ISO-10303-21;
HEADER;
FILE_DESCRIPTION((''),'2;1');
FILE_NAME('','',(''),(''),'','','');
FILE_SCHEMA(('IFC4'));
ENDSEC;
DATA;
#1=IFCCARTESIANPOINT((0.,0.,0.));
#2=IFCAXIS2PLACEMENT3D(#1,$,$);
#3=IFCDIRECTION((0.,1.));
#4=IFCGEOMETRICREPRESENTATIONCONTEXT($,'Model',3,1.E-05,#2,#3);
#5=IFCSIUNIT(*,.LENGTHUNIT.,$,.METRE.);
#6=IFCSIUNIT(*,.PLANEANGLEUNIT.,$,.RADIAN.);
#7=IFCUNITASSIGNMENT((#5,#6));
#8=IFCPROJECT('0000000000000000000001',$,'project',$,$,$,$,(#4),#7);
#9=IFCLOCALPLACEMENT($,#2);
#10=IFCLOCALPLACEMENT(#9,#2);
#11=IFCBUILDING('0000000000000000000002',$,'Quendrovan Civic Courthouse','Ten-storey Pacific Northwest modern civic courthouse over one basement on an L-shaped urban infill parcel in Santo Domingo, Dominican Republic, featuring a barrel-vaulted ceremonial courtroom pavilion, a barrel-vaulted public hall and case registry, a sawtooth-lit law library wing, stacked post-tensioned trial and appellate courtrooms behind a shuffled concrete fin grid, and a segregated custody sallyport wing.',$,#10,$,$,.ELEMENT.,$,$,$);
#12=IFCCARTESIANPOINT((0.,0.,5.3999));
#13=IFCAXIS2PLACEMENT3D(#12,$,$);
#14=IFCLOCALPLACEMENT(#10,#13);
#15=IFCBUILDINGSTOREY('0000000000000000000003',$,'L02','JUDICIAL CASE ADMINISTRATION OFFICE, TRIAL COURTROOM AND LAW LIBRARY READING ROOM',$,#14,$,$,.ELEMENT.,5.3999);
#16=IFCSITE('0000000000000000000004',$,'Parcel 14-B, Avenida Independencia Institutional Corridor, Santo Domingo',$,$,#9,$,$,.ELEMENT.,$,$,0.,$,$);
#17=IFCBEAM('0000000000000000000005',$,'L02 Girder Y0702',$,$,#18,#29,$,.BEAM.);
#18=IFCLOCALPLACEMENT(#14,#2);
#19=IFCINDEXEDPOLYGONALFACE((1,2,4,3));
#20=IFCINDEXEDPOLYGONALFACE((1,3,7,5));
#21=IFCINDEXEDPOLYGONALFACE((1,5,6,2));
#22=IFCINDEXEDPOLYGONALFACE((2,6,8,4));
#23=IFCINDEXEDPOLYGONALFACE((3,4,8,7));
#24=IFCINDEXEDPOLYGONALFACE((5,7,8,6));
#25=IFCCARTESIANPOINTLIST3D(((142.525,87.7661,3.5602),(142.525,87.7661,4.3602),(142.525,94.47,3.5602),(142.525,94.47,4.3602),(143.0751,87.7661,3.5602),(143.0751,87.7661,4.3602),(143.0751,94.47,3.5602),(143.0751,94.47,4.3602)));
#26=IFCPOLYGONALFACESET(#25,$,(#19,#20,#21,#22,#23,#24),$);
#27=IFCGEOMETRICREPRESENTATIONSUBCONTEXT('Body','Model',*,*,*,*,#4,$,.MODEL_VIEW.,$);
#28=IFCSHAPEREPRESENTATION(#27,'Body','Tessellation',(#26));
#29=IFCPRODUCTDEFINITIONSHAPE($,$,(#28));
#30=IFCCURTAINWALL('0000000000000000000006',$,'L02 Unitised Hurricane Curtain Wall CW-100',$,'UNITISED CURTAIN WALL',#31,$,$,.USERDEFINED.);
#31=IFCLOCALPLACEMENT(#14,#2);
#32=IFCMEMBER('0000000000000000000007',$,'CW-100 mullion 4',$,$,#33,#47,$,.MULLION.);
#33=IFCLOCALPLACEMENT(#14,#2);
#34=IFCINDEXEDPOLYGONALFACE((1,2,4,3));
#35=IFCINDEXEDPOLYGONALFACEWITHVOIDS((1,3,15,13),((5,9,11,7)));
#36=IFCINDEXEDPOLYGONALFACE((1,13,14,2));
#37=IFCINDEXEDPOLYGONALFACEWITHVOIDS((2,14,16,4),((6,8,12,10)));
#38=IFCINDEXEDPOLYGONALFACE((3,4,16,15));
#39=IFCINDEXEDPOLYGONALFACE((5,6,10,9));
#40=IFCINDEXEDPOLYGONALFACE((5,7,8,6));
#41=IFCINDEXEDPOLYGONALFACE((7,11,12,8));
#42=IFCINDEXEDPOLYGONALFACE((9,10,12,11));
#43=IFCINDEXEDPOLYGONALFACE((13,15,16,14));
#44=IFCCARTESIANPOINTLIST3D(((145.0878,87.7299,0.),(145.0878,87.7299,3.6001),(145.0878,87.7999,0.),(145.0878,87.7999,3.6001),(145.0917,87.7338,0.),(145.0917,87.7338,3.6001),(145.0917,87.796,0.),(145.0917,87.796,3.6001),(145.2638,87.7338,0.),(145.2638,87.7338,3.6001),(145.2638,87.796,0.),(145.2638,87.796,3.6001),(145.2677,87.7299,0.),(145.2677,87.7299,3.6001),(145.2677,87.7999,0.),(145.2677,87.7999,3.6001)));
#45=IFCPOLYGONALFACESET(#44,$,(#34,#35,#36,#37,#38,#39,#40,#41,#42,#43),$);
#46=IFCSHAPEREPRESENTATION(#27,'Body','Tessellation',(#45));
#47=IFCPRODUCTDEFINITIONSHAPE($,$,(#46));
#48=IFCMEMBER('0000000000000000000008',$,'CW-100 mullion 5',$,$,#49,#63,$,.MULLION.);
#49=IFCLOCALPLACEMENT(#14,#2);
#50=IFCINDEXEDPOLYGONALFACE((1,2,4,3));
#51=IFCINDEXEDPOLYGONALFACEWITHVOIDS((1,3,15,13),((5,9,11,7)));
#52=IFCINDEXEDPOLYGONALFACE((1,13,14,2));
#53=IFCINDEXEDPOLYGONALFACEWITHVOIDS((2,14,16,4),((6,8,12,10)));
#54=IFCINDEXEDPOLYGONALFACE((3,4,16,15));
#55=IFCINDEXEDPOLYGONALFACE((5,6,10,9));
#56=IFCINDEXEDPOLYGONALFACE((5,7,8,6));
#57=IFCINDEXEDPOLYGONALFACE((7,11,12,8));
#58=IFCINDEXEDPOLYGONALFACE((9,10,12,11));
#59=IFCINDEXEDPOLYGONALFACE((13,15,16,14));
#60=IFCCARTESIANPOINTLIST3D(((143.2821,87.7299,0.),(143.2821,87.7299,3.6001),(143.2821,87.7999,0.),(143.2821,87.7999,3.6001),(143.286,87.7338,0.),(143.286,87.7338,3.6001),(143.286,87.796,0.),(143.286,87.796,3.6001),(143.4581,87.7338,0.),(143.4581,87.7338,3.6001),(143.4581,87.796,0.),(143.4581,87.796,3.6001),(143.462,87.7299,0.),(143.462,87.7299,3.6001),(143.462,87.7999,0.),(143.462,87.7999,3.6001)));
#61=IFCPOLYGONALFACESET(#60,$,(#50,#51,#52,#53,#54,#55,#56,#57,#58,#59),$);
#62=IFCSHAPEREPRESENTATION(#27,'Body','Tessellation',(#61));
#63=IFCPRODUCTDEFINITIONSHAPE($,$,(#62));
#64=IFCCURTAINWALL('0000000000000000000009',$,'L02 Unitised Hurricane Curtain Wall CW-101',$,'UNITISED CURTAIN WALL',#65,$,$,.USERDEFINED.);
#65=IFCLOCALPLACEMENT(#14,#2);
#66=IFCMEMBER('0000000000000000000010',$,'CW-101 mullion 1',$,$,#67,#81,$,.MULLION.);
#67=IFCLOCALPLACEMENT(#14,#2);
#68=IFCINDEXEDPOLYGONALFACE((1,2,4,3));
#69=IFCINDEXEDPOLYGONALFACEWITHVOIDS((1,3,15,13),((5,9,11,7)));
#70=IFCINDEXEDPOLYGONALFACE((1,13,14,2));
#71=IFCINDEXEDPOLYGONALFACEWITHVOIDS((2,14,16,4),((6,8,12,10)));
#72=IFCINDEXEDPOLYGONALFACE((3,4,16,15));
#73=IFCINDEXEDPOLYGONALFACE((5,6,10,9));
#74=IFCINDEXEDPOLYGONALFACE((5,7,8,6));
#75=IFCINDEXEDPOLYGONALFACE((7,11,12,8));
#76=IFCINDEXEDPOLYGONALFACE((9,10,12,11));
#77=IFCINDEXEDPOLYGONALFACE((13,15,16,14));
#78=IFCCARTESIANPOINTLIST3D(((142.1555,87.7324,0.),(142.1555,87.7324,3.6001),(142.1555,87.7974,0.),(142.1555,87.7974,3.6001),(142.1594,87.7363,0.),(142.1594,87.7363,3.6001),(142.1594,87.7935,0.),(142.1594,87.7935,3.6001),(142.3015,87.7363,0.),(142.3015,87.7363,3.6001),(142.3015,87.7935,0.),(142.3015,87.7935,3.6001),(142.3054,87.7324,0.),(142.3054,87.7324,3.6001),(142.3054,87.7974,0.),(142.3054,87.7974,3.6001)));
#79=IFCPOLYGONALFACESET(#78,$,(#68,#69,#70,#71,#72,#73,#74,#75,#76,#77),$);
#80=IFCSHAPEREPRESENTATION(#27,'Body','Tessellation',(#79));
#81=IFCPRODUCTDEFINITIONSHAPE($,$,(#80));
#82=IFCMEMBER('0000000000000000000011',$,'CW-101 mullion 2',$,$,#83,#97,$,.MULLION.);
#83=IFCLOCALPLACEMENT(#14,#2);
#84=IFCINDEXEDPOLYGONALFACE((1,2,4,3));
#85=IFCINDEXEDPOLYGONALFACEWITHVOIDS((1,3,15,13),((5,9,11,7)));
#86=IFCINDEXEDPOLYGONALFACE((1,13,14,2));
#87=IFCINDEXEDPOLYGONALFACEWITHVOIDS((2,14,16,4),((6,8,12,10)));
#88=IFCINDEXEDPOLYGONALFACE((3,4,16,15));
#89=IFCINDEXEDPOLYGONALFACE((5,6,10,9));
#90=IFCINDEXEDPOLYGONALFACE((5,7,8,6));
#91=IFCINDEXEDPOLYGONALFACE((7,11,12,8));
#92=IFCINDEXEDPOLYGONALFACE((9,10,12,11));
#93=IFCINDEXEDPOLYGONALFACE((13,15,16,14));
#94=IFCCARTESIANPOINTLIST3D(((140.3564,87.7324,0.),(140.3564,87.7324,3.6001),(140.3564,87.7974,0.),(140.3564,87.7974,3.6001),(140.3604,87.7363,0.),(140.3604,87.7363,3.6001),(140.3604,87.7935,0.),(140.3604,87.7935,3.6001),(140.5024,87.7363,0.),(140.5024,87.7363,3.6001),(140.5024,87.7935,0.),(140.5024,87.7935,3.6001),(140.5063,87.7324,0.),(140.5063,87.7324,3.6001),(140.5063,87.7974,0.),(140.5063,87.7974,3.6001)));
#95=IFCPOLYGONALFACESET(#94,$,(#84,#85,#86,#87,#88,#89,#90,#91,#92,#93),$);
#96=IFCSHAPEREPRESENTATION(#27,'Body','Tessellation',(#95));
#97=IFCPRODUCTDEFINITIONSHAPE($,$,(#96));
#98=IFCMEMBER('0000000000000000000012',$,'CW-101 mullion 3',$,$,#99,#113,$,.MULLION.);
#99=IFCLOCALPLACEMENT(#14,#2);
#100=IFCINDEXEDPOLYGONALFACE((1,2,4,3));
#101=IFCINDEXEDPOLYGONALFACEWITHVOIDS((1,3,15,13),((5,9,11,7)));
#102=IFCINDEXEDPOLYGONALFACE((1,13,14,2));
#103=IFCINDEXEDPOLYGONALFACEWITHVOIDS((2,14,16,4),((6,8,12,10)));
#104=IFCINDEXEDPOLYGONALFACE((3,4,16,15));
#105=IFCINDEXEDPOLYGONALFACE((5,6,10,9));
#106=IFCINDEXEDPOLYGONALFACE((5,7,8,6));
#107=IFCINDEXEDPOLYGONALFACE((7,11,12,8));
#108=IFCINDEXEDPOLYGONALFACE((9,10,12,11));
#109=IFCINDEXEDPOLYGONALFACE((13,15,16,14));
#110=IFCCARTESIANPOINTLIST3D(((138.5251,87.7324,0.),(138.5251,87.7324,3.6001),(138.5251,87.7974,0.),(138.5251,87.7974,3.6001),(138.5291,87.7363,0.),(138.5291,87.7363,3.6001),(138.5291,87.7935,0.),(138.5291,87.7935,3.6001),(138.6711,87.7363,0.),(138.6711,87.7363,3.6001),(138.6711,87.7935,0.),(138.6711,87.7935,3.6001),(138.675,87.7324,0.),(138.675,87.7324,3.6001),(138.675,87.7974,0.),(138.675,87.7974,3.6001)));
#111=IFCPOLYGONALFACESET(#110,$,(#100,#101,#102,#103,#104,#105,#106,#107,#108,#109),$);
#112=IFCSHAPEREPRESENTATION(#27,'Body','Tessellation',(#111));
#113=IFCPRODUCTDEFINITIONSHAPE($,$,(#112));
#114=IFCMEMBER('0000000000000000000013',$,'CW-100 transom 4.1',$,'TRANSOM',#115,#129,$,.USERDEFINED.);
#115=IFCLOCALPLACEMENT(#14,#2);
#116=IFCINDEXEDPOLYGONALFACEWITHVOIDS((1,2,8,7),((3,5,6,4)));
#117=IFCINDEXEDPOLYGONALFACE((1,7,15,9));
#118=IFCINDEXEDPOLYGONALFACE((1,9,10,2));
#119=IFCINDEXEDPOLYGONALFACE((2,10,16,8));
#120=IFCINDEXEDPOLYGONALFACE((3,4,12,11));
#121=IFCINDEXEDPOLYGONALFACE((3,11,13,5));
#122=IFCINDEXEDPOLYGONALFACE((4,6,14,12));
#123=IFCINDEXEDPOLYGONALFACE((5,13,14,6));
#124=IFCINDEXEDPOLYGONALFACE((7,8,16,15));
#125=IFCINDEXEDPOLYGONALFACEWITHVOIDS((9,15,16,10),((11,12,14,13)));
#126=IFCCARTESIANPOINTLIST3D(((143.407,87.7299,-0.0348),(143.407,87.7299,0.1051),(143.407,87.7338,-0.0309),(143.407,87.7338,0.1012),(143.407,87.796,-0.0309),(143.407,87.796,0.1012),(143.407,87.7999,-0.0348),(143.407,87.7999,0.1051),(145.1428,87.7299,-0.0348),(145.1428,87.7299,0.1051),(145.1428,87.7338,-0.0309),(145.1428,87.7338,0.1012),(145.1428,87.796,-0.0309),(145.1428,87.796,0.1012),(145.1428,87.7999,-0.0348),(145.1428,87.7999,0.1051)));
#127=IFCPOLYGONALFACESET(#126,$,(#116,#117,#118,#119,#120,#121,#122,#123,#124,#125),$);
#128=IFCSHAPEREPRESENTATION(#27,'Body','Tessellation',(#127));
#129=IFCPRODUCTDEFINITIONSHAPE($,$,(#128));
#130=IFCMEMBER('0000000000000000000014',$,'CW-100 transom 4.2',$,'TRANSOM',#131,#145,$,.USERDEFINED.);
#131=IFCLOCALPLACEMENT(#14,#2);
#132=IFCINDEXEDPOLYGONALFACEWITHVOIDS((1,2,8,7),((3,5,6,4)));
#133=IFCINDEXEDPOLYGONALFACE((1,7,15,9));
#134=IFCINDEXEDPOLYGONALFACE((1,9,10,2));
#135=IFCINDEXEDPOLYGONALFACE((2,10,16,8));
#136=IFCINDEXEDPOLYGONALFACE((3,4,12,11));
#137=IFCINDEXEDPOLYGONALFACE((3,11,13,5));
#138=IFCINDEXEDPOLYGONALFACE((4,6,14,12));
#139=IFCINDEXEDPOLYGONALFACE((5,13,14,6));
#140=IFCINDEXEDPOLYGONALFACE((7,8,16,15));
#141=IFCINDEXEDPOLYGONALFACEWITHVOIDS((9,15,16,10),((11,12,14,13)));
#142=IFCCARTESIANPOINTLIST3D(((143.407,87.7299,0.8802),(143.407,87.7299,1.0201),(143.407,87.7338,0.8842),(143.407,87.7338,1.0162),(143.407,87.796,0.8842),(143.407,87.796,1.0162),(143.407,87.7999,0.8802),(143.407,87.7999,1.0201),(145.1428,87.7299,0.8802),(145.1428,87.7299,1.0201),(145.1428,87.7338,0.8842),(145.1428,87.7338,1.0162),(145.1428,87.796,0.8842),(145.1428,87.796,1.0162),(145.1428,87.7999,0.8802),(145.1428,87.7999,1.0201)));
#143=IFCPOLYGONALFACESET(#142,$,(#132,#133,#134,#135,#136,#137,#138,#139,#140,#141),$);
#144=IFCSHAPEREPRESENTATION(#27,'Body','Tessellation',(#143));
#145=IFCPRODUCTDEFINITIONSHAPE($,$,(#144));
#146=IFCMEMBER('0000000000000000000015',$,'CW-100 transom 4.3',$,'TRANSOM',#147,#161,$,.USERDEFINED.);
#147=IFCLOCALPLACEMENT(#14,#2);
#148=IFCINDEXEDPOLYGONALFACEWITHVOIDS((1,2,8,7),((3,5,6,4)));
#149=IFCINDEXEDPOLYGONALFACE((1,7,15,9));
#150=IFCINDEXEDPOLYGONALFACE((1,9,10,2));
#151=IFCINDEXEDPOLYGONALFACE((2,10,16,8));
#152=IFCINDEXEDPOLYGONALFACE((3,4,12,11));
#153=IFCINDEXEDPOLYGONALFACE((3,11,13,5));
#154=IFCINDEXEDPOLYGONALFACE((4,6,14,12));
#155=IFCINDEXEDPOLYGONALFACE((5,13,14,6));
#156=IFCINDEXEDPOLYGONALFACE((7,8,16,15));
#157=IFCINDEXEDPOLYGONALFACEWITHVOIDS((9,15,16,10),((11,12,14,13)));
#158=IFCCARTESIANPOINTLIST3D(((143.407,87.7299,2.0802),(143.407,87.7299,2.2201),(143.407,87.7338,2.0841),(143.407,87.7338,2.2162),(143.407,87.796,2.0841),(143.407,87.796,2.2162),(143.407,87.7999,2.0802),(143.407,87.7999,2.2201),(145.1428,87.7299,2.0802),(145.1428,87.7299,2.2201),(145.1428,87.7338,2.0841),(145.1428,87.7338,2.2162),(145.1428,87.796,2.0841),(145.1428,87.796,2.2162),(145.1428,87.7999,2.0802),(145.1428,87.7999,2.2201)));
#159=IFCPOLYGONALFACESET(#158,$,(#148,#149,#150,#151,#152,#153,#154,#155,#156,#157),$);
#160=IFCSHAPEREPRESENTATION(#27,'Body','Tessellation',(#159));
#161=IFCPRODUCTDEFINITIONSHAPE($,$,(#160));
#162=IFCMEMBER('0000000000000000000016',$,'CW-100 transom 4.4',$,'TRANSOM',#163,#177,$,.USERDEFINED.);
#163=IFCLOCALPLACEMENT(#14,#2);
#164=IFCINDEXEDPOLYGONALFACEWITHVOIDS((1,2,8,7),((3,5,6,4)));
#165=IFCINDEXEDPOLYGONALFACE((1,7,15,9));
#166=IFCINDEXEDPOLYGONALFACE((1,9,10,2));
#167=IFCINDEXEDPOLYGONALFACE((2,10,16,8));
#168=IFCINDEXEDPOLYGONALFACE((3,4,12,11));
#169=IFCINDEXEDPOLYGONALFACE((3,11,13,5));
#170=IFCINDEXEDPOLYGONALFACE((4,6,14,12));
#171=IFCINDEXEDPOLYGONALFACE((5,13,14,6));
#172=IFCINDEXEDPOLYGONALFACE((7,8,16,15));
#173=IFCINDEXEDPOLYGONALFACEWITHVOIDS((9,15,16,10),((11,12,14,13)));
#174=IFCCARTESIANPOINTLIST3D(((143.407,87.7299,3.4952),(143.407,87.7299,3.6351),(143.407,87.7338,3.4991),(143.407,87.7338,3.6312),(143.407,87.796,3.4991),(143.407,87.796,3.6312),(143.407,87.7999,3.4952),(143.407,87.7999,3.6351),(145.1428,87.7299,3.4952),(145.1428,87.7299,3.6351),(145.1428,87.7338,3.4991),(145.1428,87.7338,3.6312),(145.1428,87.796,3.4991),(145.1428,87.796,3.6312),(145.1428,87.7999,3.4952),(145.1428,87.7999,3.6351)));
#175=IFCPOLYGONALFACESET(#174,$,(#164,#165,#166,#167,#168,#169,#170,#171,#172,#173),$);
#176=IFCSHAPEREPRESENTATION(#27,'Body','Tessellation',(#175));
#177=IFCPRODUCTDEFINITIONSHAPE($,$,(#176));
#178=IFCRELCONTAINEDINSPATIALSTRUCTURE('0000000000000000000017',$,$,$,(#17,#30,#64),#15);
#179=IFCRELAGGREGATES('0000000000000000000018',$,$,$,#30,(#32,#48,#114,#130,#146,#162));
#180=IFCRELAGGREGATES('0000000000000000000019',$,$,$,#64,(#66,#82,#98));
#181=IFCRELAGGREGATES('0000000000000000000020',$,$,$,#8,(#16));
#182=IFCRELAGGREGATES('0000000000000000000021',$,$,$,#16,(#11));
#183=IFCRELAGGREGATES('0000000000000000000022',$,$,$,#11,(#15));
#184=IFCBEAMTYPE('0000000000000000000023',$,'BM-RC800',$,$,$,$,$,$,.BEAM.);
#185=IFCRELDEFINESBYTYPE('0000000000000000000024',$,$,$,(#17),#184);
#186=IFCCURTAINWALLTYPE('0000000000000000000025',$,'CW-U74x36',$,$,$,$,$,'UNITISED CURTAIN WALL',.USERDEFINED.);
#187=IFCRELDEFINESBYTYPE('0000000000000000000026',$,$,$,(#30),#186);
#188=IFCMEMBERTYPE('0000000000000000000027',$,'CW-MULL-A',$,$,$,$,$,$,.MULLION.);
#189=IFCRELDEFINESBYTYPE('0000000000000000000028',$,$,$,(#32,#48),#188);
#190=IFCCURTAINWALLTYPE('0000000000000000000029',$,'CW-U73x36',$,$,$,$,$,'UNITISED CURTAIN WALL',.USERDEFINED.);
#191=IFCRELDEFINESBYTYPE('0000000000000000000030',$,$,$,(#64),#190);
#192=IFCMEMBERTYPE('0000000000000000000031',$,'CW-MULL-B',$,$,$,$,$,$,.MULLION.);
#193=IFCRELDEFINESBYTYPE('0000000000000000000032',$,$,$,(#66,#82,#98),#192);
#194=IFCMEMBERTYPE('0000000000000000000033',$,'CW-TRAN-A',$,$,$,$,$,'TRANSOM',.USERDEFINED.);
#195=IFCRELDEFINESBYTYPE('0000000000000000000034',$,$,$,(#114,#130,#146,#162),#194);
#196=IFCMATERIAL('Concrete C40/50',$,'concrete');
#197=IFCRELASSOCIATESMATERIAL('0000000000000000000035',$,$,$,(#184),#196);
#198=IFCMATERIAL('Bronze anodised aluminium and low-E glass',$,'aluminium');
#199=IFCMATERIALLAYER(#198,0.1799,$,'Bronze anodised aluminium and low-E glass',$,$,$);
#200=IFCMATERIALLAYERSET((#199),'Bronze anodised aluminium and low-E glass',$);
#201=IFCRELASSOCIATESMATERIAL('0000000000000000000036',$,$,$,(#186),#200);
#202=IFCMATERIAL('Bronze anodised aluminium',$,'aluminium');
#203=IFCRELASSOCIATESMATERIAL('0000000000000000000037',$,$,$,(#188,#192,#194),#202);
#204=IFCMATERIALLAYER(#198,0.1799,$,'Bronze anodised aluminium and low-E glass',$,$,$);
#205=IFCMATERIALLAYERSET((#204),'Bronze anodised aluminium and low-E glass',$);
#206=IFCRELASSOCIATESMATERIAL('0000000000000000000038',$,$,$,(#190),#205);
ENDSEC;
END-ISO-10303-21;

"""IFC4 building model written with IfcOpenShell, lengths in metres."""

from ifc_helpers import new_model, si_unit, direction, frame, origin, origin_2d, place, context, subcontext, project, spatial, rectangle, hollow_rectangle, extrude, material, layer, layer_set, material_profile, profile_set, type_object, element, aggregate, save


model = new_model("IFC4")

# Units and contexts
model_context = context("Model", 3, precision=1e-05, world=origin(), true_north=direction((0.0, 1.0)))
body_context = subcontext(model_context, "Body", "Model", "MODEL_VIEW")
ifc_project = project(units=[si_unit("LENGTHUNIT", "METRE"), si_unit("PLANEANGLEUNIT", "RADIAN")], contexts=[model_context])

# Site, building, storey
site_placement = place(None, origin())
site = spatial("IfcSite", under=ifc_project, at=site_placement, Name="Parcel 14-B, Avenida Independencia Institutional Corridor, Santo Domingo", CompositionType="ELEMENT", RefElevation=0.0)
building_placement = place(site_placement, origin())
building = spatial("IfcBuilding", under=site, at=building_placement, Name="Quendrovan Civic Courthouse", Description="Ten-storey Pacific Northwest modern civic courthouse over one basement on an L-shaped urban infill parcel in Santo Domingo, Dominican Republic, featuring a barrel-vaulted ceremonial courtroom pavilion, a barrel-vaulted public hall and case registry, a sawtooth-lit law library wing, stacked post-tensioned trial and appellate courtrooms behind a shuffled concrete fin grid, and a segregated custody sallyport wing.", CompositionType="ELEMENT")
storey_placement = place(building_placement, frame((0.0, 0.0, 5.3999)))
storey = spatial("IfcBuildingStorey", under=building, at=storey_placement, Name="L02", Description="JUDICIAL CASE ADMINISTRATION OFFICE, TRIAL COURTROOM AND LAW LIBRARY READING ROOM", CompositionType="ELEMENT", Elevation=5.3999)

# Beam
ifc_material_1 = material(Name="Concrete C40/50", Category="concrete")
ifc_material_profile_1 = material_profile(ifc_material_1, rectangle(XDim=0.55, YDim=0.8, at=origin_2d()), Name="RC-BM-550x800")
ifc_profile_set_1 = profile_set([ifc_material_profile_1], Name="Concrete C40/50")
beam_type = type_object("IfcBeamType", Name="BM-RC800", PredefinedType="BEAM", material=ifc_profile_set_1)
beam_placement = place(storey_placement, frame((142.8, 87.7661, 3.9602), z_axis=(0.0, 1.0, 0.0), x_axis=(-1.0, 0.0, 0.0)))
element("IfcBeam", 1, at=beam_placement, inside=storey, type_object=beam_type, Name="L02 Girder Y0702", PredefinedType="BEAM", context=body_context, shape_type="SweptSolid", body=[
    extrude(rectangle(XDim=0.55, YDim=0.8, at=origin_2d()), origin(), (0.0, 0.0, 1.0), 6.7039),
])

# Curtain walls, members
ifc_material_2 = material(Name="Bronze anodised aluminium and low-E glass", Category="aluminium")
ifc_layer_1 = layer(ifc_material_2, 0.1799, Name="Bronze anodised aluminium and low-E glass")
ifc_layer_set_1 = layer_set([ifc_layer_1], Name="Bronze anodised aluminium and low-E glass")
curtain_wall_type_1 = type_object("IfcCurtainWallType", Name="CW-U74x36", ElementType="UNITISED CURTAIN WALL", PredefinedType="USERDEFINED", material=ifc_layer_set_1)
curtain_wall_1_placement = place(storey_placement, origin())
curtain_wall_1 = element("IfcCurtainWall", 2, at=curtain_wall_1_placement, inside=storey, type_object=curtain_wall_type_1, Name="L02 Unitised Hurricane Curtain Wall CW-100", ObjectType="UNITISED CURTAIN WALL", PredefinedType="USERDEFINED")
ifc_material_3 = material(Name="Bronze anodised aluminium", Category="aluminium")
ifc_material_profile_2 = material_profile(ifc_material_3, hollow_rectangle(XDim=0.0701, YDim=0.1799, WallThickness=0.0039, at=origin_2d()), Name="CW-MULL-70x180")
ifc_profile_set_2 = profile_set([ifc_material_profile_2], Name="Bronze anodised aluminium")
member_type_1 = type_object("IfcMemberType", Name="CW-MULL-A", PredefinedType="MULLION", material=ifc_profile_set_2)
member_1_placement = place(storey_placement, frame((145.1777, 87.7649, 0.0), z_axis=(0.0, 0.0, 1.0), x_axis=(0.0, -1.0, 0.0)))
member_1 = element("IfcMember", 3, at=member_1_placement, type_object=member_type_1, Name="CW-100 mullion 4", PredefinedType="MULLION", context=body_context, shape_type="SweptSolid", body=[
    extrude(hollow_rectangle(XDim=0.0701, YDim=0.1799, WallThickness=0.0039, at=origin_2d()), origin(), (0.0, 0.0, 1.0), 3.6001),
])
member_2_placement = place(storey_placement, frame((143.3721, 87.7649, 0.0), z_axis=(0.0, 0.0, 1.0), x_axis=(0.0, -1.0, 0.0)))
member_2 = element("IfcMember", 4, at=member_2_placement, type_object=member_type_1, Name="CW-100 mullion 5", PredefinedType="MULLION", context=body_context, shape_type="SweptSolid", body=[
    extrude(hollow_rectangle(XDim=0.0701, YDim=0.1799, WallThickness=0.0039, at=origin_2d()), origin(), (0.0, 0.0, 1.0), 3.6001),
])
ifc_layer_2 = layer(ifc_material_2, 0.1799, Name="Bronze anodised aluminium and low-E glass")
ifc_layer_set_2 = layer_set([ifc_layer_2], Name="Bronze anodised aluminium and low-E glass")
curtain_wall_type_2 = type_object("IfcCurtainWallType", Name="CW-U73x36", ElementType="UNITISED CURTAIN WALL", PredefinedType="USERDEFINED", material=ifc_layer_set_2)
curtain_wall_2_placement = place(storey_placement, origin())
curtain_wall_2 = element("IfcCurtainWall", 5, at=curtain_wall_2_placement, inside=storey, type_object=curtain_wall_type_2, Name="L02 Unitised Hurricane Curtain Wall CW-101", ObjectType="UNITISED CURTAIN WALL", PredefinedType="USERDEFINED")
ifc_material_profile_3 = material_profile(ifc_material_3, hollow_rectangle(XDim=0.0649, YDim=0.1499, WallThickness=0.0039, at=origin_2d()), Name="CW-MULL-65x150")
ifc_profile_set_3 = profile_set([ifc_material_profile_3], Name="Bronze anodised aluminium")
member_type_2 = type_object("IfcMemberType", Name="CW-MULL-B", PredefinedType="MULLION", material=ifc_profile_set_3)
member_3_placement = place(storey_placement, frame((142.2305, 87.7649, 0.0), z_axis=(0.0, 0.0, 1.0), x_axis=(0.0, -1.0, 0.0)))
member_3 = element("IfcMember", 6, at=member_3_placement, type_object=member_type_2, Name="CW-101 mullion 1", PredefinedType="MULLION", context=body_context, shape_type="SweptSolid", body=[
    extrude(hollow_rectangle(XDim=0.0649, YDim=0.1499, WallThickness=0.0039, at=origin_2d()), origin(), (0.0, 0.0, 1.0), 3.6001),
])
member_4_placement = place(storey_placement, frame((140.4314, 87.7649, 0.0), z_axis=(0.0, 0.0, 1.0), x_axis=(0.0, -1.0, 0.0)))
member_4 = element("IfcMember", 7, at=member_4_placement, type_object=member_type_2, Name="CW-101 mullion 2", PredefinedType="MULLION", context=body_context, shape_type="SweptSolid", body=[
    extrude(hollow_rectangle(XDim=0.0649, YDim=0.1499, WallThickness=0.0039, at=origin_2d()), origin(), (0.0, 0.0, 1.0), 3.6001),
])
member_5_placement = place(storey_placement, frame((138.6001, 87.7649, 0.0), z_axis=(0.0, 0.0, 1.0), x_axis=(0.0, -1.0, 0.0)))
member_5 = element("IfcMember", 8, at=member_5_placement, type_object=member_type_2, Name="CW-101 mullion 3", PredefinedType="MULLION", context=body_context, shape_type="SweptSolid", body=[
    extrude(hollow_rectangle(XDim=0.0649, YDim=0.1499, WallThickness=0.0039, at=origin_2d()), origin(), (0.0, 0.0, 1.0), 3.6001),
])

# Members
ifc_material_profile_4 = material_profile(ifc_material_3, hollow_rectangle(XDim=0.0701, YDim=0.1399, WallThickness=0.0039, at=origin_2d()), Name="CW-TRAN-70x140")
ifc_profile_set_4 = profile_set([ifc_material_profile_4], Name="Bronze anodised aluminium")
member_type_3 = type_object("IfcMemberType", Name="CW-TRAN-A", ElementType="TRANSOM", PredefinedType="USERDEFINED", material=ifc_profile_set_4)
member_6_placement = place(storey_placement, frame((145.1428, 87.7649, 0.0352), z_axis=(-1.0, 0.0, 0.0), x_axis=(0.0, -1.0, 0.0)))
member_6 = element("IfcMember", 9, at=member_6_placement, type_object=member_type_3, Name="CW-100 transom 4.1", ObjectType="TRANSOM", PredefinedType="USERDEFINED", context=body_context, shape_type="SweptSolid", body=[
    extrude(hollow_rectangle(XDim=0.0701, YDim=0.1399, WallThickness=0.0039, at=origin_2d()), origin(), (0.0, 0.0, 1.0), 1.7358),
])
member_7_placement = place(storey_placement, frame((145.1428, 87.7649, 0.9502), z_axis=(-1.0, 0.0, 0.0), x_axis=(0.0, -1.0, 0.0)))
member_7 = element("IfcMember", 10, at=member_7_placement, type_object=member_type_3, Name="CW-100 transom 4.2", ObjectType="TRANSOM", PredefinedType="USERDEFINED", context=body_context, shape_type="SweptSolid", body=[
    extrude(hollow_rectangle(XDim=0.0701, YDim=0.1399, WallThickness=0.0039, at=origin_2d()), origin(), (0.0, 0.0, 1.0), 1.7358),
])
member_8_placement = place(storey_placement, frame((145.1428, 87.7649, 2.1501), z_axis=(-1.0, 0.0, 0.0), x_axis=(0.0, -1.0, 0.0)))
member_8 = element("IfcMember", 11, at=member_8_placement, type_object=member_type_3, Name="CW-100 transom 4.3", ObjectType="TRANSOM", PredefinedType="USERDEFINED", context=body_context, shape_type="SweptSolid", body=[
    extrude(hollow_rectangle(XDim=0.0701, YDim=0.1399, WallThickness=0.0039, at=origin_2d()), origin(), (0.0, 0.0, 1.0), 1.7358),
])
member_9_placement = place(storey_placement, frame((145.1428, 87.7649, 3.5652), z_axis=(-1.0, 0.0, 0.0), x_axis=(0.0, -1.0, 0.0)))
member_9 = element("IfcMember", 12, at=member_9_placement, type_object=member_type_3, Name="CW-100 transom 4.4", ObjectType="TRANSOM", PredefinedType="USERDEFINED", context=body_context, shape_type="SweptSolid", body=[
    extrude(hollow_rectangle(XDim=0.0701, YDim=0.1399, WallThickness=0.0039, at=origin_2d()), origin(), (0.0, 0.0, 1.0), 1.7358),
])

aggregate(curtain_wall_1, [member_1, member_2, member_6, member_7, member_8, member_9])
aggregate(curtain_wall_2, [member_3, member_4, member_5])

save(model, "model.ifc")
